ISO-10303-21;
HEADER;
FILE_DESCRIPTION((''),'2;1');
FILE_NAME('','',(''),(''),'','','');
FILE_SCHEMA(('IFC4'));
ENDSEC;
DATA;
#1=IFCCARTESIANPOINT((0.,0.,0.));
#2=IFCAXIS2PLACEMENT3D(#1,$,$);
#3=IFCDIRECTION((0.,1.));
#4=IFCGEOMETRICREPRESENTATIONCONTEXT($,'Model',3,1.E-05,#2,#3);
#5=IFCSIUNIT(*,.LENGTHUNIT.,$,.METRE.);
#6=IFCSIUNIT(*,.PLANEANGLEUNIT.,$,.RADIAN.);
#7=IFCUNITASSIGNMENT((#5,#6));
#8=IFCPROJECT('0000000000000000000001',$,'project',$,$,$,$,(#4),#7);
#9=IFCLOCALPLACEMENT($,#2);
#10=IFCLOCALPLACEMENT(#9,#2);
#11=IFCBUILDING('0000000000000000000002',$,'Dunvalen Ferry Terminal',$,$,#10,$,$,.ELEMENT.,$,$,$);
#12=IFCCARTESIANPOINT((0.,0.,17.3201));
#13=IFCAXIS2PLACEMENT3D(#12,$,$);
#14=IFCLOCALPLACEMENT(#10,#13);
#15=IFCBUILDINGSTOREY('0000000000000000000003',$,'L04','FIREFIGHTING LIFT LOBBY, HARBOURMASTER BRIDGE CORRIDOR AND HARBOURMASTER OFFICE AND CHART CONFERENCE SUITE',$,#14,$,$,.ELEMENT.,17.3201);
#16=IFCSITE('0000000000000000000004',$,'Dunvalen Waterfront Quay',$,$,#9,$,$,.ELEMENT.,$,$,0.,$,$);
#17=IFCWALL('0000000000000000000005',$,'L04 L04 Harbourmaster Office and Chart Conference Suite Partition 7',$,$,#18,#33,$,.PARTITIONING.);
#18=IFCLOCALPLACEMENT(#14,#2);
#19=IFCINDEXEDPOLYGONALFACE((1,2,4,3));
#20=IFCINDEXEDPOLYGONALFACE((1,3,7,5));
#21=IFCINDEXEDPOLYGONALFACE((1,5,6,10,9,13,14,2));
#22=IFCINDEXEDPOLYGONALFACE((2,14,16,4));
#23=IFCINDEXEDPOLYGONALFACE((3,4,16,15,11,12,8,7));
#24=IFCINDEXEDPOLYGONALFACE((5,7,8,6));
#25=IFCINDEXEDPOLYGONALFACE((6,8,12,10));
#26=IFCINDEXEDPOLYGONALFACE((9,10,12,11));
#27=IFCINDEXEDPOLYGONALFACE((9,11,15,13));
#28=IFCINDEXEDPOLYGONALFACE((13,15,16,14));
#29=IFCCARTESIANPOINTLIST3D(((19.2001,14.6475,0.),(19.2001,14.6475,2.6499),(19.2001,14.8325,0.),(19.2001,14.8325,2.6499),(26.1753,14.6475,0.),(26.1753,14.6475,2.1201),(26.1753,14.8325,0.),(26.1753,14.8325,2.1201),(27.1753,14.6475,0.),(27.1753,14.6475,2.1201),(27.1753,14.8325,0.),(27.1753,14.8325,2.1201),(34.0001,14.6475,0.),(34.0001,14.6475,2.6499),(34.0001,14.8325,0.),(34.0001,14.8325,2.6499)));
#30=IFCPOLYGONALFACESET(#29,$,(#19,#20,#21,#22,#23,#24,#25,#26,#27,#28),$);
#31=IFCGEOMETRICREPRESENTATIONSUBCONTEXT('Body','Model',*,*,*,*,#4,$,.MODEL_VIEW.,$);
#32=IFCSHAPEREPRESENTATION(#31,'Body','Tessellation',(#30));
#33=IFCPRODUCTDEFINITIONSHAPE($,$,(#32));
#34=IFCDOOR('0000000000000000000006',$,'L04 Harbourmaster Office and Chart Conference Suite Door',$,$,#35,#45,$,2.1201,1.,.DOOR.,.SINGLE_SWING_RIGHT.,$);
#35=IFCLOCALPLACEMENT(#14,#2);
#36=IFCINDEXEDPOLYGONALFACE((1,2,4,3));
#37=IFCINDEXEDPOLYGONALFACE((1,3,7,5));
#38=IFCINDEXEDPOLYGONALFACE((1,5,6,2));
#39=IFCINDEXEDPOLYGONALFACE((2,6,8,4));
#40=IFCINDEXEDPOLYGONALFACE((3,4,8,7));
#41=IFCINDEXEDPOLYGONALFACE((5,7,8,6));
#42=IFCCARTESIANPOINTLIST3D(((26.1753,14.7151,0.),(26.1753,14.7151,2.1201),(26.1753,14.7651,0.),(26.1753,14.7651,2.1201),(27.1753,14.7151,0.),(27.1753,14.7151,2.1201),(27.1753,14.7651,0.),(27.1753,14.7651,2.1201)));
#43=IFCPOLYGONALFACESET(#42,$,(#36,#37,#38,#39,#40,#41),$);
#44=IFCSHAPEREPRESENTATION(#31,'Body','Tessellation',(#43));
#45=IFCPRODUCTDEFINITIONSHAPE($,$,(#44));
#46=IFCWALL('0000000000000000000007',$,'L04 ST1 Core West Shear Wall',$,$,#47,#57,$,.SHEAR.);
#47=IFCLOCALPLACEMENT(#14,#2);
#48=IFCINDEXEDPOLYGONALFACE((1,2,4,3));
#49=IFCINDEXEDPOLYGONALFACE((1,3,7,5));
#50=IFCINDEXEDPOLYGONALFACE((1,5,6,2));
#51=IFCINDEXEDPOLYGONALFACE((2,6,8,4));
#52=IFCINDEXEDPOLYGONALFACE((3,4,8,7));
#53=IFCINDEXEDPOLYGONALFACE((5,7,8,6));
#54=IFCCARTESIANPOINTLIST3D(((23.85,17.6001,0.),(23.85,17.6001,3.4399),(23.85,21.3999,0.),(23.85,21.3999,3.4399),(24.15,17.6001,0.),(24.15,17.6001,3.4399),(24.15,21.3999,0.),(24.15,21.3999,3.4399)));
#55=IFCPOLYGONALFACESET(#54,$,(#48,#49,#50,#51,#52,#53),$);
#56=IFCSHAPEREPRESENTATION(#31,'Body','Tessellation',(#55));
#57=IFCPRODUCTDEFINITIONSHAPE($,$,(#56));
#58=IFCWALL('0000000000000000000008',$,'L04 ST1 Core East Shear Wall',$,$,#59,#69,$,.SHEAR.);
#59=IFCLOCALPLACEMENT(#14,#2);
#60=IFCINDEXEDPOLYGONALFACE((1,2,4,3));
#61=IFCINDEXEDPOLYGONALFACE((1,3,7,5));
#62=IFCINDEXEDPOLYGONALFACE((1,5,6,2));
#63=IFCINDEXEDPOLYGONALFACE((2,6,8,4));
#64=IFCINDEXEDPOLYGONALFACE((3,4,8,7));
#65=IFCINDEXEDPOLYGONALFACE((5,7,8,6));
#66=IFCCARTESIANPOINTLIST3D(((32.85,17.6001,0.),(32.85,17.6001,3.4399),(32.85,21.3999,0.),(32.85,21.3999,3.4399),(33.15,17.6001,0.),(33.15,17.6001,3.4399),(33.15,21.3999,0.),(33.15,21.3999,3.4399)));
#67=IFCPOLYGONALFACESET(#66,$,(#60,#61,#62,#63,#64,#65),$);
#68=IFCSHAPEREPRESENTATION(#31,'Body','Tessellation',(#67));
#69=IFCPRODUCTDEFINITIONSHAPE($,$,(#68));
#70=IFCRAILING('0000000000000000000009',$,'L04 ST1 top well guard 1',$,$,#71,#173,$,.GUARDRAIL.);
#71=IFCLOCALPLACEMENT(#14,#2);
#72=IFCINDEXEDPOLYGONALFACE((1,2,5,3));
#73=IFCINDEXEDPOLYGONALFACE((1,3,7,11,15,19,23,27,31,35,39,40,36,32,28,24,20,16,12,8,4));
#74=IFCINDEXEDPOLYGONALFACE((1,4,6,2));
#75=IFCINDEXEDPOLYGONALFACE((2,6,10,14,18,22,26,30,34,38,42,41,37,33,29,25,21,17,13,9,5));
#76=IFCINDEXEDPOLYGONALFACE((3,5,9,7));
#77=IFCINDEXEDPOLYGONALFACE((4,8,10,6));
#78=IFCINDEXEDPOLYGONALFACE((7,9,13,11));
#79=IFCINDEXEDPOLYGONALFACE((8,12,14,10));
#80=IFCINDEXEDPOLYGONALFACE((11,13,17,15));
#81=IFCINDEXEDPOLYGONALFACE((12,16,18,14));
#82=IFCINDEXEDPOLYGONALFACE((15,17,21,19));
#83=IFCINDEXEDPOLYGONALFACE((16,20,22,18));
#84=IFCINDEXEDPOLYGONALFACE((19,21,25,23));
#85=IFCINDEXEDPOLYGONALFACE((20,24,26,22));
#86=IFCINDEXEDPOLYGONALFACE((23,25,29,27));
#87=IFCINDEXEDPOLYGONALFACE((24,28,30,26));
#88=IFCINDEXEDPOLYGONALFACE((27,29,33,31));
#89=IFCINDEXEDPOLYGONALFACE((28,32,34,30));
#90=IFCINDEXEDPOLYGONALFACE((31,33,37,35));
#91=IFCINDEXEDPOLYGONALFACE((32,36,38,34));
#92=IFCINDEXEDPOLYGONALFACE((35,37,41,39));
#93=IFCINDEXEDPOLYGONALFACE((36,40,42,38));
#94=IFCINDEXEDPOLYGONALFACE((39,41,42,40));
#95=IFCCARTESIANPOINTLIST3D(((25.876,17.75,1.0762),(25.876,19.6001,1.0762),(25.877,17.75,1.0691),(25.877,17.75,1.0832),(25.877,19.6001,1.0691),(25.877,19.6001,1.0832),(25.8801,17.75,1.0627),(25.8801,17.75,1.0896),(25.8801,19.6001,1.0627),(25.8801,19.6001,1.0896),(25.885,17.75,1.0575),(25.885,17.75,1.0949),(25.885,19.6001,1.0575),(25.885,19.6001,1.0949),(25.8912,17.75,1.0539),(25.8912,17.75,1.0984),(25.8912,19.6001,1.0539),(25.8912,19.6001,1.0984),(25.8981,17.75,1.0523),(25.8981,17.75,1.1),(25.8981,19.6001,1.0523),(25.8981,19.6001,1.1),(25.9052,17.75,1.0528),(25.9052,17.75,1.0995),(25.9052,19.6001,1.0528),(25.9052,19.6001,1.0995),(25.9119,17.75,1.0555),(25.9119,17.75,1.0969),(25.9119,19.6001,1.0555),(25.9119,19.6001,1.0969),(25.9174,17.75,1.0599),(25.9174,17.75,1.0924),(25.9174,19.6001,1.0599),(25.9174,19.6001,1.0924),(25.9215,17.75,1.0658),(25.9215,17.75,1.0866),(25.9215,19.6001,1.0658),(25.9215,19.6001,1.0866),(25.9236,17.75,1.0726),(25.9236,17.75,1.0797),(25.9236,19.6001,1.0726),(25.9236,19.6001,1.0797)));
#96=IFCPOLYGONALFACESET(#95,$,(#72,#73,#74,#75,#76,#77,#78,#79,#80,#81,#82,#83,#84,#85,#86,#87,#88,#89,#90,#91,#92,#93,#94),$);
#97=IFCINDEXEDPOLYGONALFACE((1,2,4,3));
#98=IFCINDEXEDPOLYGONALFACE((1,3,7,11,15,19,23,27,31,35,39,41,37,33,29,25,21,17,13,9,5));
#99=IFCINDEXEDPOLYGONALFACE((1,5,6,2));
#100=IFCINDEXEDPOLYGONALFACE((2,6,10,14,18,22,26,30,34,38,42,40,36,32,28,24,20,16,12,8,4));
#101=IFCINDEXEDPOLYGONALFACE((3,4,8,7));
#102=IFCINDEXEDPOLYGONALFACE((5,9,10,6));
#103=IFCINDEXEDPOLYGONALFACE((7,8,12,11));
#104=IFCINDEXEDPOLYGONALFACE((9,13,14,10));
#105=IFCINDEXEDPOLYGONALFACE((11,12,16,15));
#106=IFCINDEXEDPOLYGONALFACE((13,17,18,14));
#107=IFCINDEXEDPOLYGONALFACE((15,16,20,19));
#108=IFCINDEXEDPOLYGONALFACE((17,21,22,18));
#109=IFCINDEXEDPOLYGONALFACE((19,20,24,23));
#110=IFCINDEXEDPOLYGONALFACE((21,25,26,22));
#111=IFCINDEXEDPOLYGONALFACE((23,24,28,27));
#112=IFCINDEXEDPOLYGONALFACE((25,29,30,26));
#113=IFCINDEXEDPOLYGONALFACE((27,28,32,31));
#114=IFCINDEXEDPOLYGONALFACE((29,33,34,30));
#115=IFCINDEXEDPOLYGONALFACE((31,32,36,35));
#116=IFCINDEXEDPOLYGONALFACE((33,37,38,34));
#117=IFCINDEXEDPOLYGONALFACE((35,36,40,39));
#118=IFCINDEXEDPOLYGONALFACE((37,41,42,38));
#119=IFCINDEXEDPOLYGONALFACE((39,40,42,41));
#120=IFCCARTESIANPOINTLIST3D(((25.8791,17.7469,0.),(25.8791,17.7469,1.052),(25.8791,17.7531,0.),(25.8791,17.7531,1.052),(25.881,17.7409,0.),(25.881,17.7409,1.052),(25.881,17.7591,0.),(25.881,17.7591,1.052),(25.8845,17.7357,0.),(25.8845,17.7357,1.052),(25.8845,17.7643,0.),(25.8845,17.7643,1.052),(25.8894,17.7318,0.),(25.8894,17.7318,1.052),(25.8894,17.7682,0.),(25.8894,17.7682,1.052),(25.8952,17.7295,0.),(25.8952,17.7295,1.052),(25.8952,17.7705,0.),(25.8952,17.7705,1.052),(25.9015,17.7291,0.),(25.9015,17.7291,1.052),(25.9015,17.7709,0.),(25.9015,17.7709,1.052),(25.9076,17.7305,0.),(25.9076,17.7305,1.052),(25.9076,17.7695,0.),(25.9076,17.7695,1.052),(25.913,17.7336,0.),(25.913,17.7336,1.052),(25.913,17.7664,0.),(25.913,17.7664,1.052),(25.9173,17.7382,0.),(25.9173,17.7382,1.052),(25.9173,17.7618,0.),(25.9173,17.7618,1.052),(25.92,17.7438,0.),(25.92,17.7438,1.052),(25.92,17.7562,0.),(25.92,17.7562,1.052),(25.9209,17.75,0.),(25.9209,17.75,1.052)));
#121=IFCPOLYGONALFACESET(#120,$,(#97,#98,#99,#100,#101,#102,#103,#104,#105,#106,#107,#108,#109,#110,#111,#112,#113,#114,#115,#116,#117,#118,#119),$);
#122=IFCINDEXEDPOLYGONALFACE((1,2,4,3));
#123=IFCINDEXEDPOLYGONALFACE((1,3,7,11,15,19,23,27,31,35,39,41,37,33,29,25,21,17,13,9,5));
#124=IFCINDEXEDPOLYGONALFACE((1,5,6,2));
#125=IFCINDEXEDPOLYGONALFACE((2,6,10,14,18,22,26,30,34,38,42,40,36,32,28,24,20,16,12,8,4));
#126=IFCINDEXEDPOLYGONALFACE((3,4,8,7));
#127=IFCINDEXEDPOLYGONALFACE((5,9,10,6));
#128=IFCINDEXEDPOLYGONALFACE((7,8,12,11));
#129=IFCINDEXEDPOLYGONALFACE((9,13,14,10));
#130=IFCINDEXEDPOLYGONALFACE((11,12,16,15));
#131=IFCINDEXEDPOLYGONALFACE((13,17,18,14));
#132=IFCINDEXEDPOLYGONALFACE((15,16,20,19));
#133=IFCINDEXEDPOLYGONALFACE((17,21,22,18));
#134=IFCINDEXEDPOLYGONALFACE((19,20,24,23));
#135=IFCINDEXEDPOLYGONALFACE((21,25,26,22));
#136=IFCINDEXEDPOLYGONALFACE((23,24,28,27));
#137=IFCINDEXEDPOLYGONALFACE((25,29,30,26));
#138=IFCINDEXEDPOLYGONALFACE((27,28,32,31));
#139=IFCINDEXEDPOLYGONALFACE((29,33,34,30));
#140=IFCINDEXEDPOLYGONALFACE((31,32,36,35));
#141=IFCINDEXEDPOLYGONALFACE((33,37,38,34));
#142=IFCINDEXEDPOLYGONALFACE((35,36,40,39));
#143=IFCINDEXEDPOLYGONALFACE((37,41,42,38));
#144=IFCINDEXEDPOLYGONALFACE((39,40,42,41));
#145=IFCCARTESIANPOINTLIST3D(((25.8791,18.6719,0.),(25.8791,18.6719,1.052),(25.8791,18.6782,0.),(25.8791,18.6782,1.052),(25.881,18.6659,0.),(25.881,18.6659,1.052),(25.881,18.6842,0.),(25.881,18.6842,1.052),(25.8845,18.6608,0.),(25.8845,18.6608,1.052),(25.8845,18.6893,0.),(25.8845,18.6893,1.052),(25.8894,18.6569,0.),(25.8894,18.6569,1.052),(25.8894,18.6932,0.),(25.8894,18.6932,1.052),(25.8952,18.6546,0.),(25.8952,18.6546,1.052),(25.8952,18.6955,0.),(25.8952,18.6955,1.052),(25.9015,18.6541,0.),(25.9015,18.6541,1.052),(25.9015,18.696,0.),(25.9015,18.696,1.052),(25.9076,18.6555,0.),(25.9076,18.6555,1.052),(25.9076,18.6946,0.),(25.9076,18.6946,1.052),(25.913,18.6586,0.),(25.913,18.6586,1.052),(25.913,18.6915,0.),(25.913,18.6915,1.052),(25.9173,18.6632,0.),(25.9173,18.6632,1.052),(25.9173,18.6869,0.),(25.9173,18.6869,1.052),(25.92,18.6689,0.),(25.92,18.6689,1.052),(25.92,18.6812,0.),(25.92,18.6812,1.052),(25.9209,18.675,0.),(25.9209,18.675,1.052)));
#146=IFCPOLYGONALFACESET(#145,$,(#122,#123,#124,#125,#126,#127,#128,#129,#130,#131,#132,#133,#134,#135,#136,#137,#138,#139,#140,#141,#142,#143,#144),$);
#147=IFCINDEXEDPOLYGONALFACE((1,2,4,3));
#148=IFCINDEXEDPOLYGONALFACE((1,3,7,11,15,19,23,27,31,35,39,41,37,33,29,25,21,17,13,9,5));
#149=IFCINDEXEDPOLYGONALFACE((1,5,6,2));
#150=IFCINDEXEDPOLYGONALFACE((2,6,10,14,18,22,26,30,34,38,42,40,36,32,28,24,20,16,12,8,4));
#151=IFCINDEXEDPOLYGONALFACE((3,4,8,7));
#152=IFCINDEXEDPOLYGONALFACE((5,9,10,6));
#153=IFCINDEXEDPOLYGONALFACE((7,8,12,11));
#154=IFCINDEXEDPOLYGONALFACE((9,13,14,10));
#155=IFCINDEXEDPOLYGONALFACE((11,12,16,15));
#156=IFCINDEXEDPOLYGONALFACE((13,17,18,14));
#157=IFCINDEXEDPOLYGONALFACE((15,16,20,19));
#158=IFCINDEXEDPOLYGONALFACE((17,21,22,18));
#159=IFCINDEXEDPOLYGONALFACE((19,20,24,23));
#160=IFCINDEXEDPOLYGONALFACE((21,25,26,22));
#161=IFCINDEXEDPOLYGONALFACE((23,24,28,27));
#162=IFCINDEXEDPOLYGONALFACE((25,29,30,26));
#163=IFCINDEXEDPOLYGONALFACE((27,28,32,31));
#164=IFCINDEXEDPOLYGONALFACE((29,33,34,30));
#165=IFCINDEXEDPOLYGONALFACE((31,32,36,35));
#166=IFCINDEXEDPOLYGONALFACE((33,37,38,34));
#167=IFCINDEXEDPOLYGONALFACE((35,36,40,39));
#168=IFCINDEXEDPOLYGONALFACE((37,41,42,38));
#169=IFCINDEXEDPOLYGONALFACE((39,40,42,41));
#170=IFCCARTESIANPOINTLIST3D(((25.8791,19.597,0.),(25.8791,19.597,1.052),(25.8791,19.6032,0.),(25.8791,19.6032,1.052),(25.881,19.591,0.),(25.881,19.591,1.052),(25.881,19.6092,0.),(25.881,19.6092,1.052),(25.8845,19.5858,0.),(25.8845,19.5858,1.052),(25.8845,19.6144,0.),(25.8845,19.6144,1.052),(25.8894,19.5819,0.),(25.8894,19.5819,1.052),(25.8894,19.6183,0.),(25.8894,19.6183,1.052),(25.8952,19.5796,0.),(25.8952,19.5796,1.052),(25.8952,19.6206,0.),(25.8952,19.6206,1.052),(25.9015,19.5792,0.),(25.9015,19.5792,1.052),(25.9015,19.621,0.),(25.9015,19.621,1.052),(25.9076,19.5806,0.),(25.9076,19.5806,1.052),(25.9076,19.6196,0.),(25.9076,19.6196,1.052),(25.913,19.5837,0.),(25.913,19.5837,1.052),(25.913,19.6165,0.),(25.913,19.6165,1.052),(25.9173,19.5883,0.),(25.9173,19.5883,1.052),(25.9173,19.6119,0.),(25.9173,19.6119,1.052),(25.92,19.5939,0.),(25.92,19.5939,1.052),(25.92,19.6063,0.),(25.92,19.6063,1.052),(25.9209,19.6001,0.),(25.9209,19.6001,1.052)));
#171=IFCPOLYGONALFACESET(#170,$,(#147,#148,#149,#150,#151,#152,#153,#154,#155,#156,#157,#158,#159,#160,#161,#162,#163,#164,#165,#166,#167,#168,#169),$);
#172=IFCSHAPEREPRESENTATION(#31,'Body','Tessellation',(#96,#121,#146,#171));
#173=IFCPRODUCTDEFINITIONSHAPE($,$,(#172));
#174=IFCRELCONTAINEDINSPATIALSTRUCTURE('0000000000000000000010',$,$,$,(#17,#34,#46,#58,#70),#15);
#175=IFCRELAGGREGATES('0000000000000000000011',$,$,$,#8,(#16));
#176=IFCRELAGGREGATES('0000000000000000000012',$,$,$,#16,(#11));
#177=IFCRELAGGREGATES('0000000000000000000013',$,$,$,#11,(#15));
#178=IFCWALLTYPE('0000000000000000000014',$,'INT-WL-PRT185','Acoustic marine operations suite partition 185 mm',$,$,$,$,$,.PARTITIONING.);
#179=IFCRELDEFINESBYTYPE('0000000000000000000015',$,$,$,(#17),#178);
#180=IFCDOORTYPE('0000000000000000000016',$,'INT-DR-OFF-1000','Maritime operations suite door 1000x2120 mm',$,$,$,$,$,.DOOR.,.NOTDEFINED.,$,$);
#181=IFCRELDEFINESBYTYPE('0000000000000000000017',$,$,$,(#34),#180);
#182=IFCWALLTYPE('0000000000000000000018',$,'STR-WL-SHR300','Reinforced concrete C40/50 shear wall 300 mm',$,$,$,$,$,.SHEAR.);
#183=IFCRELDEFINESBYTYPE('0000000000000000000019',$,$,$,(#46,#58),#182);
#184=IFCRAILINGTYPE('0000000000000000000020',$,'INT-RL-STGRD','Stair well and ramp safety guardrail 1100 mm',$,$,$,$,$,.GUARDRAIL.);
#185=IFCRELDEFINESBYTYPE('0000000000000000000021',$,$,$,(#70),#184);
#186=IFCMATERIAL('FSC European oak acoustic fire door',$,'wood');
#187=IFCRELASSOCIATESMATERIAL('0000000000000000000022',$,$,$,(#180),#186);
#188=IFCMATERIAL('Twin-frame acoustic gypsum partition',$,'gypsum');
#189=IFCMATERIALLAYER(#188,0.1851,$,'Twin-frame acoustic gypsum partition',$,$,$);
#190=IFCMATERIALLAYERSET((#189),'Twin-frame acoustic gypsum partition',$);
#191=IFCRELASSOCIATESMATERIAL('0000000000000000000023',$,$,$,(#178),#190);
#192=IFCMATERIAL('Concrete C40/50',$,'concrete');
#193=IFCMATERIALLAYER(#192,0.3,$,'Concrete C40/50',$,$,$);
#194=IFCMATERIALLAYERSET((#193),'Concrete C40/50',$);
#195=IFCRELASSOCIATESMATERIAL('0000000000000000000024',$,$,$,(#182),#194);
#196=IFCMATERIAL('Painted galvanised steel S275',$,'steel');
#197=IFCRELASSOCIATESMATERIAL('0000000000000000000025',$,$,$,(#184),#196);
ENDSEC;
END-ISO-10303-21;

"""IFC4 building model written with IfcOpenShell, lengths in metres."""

from ifc_helpers import new_model, si_unit, direction, frame, frame_2d, origin, origin_2d, place, context, subcontext, project, spatial, rectangle, circle, extrude, material, layer, layer_set, type_object, element, fill, save


model = new_model("IFC4")

# Units and contexts
model_context = context("Model", 3, precision=1e-05, world=origin(), true_north=direction((0.0, 1.0)))
body_context = subcontext(model_context, "Body", "Model", "MODEL_VIEW")
ifc_project = project(units=[si_unit("LENGTHUNIT", "METRE"), si_unit("PLANEANGLEUNIT", "RADIAN")], contexts=[model_context])

# Site, building, storey
site_placement = place(None, origin())
site = spatial("IfcSite", under=ifc_project, at=site_placement, Name="Dunvalen Waterfront Quay", CompositionType="ELEMENT", RefElevation=0.0)
building_placement = place(site_placement, origin())
building = spatial("IfcBuilding", under=site, at=building_placement, Name="Dunvalen Ferry Terminal", CompositionType="ELEMENT")
storey_placement = place(building_placement, frame((0.0, 0.0, 17.3201)))
storey = spatial("IfcBuildingStorey", under=building, at=storey_placement, Name="L04", Description="FIREFIGHTING LIFT LOBBY, HARBOURMASTER BRIDGE CORRIDOR AND HARBOURMASTER OFFICE AND CHART CONFERENCE SUITE", CompositionType="ELEMENT", Elevation=17.3201)

# Shared definitions
ifc_material_1 = material(Name="Concrete C40/50", Category="concrete")

# Wall, opening, door
ifc_material_2 = material(Name="FSC European oak acoustic fire door", Category="wood")
door_type_1 = type_object("IfcDoorType", Name="INT-DR-OFF-1000", Description="Maritime operations suite door 1000x2120 mm", OperationType="NOTDEFINED", PredefinedType="DOOR", material=ifc_material_2)
ifc_material_3 = material(Name="Twin-frame acoustic gypsum partition", Category="gypsum")
ifc_layer_1 = layer(ifc_material_3, 0.1851, Name="Twin-frame acoustic gypsum partition")
ifc_layer_set_1 = layer_set([ifc_layer_1], Name="Twin-frame acoustic gypsum partition")
wall_type_1 = type_object("IfcWallType", Name="INT-WL-PRT185", Description="Acoustic marine operations suite partition 185 mm", PredefinedType="PARTITIONING", material=ifc_layer_set_1)
wall_1_placement = place(storey_placement, frame((34.0, 14.74, 0.0), z_axis=(0.0, 0.0, 1.0), x_axis=(-1.0, 0.0, 0.0)))
wall_1 = element("IfcWall", 1, at=wall_1_placement, inside=storey, type_object=wall_type_1, Name="L04 L04 Harbourmaster Office and Chart Conference Suite Partition 7", PredefinedType="PARTITIONING", context=body_context, shape_type="SweptSolid", body=[
    extrude(rectangle(XDim=14.8, YDim=0.1851, at=frame_2d((7.3999, 0.0))), origin(), (0.0, 0.0, 1.0), 2.6499),
])
opening_1_placement = place(wall_1_placement, frame((6.8247, 0.0, 0.0)))
opening_1 = element("IfcOpeningElement", 2, at=opening_1_placement, cuts=wall_1, PredefinedType="OPENING", context=body_context, shape_type="SweptSolid", body=[
    extrude(rectangle(XDim=1.0, YDim=2.1201, at=frame_2d((0.5, 1.0601))), frame((0.0, 0.1025, 0.0), z_axis=(0.0, -1.0, 0.0), x_axis=(1.0, 0.0, 0.0)), (0.0, 0.0, 1.0), 0.2051),
])
door_1_placement = place(opening_1_placement, origin())
door_1 = element("IfcDoor", 3, at=door_1_placement, inside=storey, type_object=door_type_1, Name="L04 Harbourmaster Office and Chart Conference Suite Door", OperationType="SINGLE_SWING_RIGHT", OverallHeight=2.1201, OverallWidth=1.0, PredefinedType="DOOR", context=body_context, shape_type="SweptSolid", body=[
    extrude(rectangle(XDim=1.0, YDim=2.1201, at=frame_2d((0.5, 1.0601))), frame((0.0, 0.0249, 0.0), z_axis=(0.0, -1.0, 0.0), x_axis=(1.0, 0.0, 0.0)), (0.0, 0.0, 1.0), 0.05),
])
fill(opening_1, door_1)

# Walls
ifc_layer_2 = layer(ifc_material_1, 0.3, Name="Concrete C40/50")
ifc_layer_set_2 = layer_set([ifc_layer_2], Name="Concrete C40/50")
wall_type_2 = type_object("IfcWallType", Name="STR-WL-SHR300", Description="Reinforced concrete C40/50 shear wall 300 mm", PredefinedType="SHEAR", material=ifc_layer_set_2)
for number, where, z_axis, x_axis, name in (
    (4, (24.0, 17.6001, 0.0), (0.0, 0.0, 1.0), (0.0, 1.0, 0.0), "L04 ST1 Core West Shear Wall"),
    (5, (33.0, 17.6001, 0.0), (0.0, 0.0, 1.0), (0.0, 1.0, 0.0), "L04 ST1 Core East Shear Wall"),
):
    element("IfcWall", number, at=place(storey_placement, frame(where, z_axis=z_axis, x_axis=x_axis)), inside=storey, type_object=wall_type_2, Name=name, PredefinedType="SHEAR", context=body_context, shape_type="SweptSolid", body=[
        extrude(rectangle(XDim=3.7998, YDim=0.3, at=frame_2d((1.8999, 0.0))), origin(), (0.0, 0.0, 1.0), 3.4399),
    ])

# Railing
ifc_material_4 = material(Name="Painted galvanised steel S275", Category="steel")
railing_type = type_object("IfcRailingType", Name="INT-RL-STGRD", Description="Stair well and ramp safety guardrail 1100 mm", PredefinedType="GUARDRAIL", material=ifc_material_4)
railing_placement = place(storey_placement, frame((25.8999, 17.75, 0.0)))
element("IfcRailing", 6, at=railing_placement, inside=storey, type_object=railing_type, Name="L04 ST1 top well guard 1", PredefinedType="GUARDRAIL", context=body_context, shape_type="SweptSolid", body=[
    extrude(circle(Radius=0.0239, at=origin_2d()), frame((0.0, 0.0, 1.0762), z_axis=(0.0, 1.0, 0.0), x_axis=(-1.0, 0.0, 0.0)), (0.0, 0.0, 1.0), 1.8501),
    extrude(circle(Radius=0.021, at=origin_2d()), origin(), (0.0, 0.0, 1.0), 1.052),
    extrude(circle(Radius=0.021, at=origin_2d()), frame((0.0, 0.925, 0.0)), (0.0, 0.0, 1.0), 1.052),
    extrude(circle(Radius=0.021, at=origin_2d()), frame((0.0, 1.8501, 0.0)), (0.0, 0.0, 1.0), 1.052),
])

save(model, "model.ifc")
